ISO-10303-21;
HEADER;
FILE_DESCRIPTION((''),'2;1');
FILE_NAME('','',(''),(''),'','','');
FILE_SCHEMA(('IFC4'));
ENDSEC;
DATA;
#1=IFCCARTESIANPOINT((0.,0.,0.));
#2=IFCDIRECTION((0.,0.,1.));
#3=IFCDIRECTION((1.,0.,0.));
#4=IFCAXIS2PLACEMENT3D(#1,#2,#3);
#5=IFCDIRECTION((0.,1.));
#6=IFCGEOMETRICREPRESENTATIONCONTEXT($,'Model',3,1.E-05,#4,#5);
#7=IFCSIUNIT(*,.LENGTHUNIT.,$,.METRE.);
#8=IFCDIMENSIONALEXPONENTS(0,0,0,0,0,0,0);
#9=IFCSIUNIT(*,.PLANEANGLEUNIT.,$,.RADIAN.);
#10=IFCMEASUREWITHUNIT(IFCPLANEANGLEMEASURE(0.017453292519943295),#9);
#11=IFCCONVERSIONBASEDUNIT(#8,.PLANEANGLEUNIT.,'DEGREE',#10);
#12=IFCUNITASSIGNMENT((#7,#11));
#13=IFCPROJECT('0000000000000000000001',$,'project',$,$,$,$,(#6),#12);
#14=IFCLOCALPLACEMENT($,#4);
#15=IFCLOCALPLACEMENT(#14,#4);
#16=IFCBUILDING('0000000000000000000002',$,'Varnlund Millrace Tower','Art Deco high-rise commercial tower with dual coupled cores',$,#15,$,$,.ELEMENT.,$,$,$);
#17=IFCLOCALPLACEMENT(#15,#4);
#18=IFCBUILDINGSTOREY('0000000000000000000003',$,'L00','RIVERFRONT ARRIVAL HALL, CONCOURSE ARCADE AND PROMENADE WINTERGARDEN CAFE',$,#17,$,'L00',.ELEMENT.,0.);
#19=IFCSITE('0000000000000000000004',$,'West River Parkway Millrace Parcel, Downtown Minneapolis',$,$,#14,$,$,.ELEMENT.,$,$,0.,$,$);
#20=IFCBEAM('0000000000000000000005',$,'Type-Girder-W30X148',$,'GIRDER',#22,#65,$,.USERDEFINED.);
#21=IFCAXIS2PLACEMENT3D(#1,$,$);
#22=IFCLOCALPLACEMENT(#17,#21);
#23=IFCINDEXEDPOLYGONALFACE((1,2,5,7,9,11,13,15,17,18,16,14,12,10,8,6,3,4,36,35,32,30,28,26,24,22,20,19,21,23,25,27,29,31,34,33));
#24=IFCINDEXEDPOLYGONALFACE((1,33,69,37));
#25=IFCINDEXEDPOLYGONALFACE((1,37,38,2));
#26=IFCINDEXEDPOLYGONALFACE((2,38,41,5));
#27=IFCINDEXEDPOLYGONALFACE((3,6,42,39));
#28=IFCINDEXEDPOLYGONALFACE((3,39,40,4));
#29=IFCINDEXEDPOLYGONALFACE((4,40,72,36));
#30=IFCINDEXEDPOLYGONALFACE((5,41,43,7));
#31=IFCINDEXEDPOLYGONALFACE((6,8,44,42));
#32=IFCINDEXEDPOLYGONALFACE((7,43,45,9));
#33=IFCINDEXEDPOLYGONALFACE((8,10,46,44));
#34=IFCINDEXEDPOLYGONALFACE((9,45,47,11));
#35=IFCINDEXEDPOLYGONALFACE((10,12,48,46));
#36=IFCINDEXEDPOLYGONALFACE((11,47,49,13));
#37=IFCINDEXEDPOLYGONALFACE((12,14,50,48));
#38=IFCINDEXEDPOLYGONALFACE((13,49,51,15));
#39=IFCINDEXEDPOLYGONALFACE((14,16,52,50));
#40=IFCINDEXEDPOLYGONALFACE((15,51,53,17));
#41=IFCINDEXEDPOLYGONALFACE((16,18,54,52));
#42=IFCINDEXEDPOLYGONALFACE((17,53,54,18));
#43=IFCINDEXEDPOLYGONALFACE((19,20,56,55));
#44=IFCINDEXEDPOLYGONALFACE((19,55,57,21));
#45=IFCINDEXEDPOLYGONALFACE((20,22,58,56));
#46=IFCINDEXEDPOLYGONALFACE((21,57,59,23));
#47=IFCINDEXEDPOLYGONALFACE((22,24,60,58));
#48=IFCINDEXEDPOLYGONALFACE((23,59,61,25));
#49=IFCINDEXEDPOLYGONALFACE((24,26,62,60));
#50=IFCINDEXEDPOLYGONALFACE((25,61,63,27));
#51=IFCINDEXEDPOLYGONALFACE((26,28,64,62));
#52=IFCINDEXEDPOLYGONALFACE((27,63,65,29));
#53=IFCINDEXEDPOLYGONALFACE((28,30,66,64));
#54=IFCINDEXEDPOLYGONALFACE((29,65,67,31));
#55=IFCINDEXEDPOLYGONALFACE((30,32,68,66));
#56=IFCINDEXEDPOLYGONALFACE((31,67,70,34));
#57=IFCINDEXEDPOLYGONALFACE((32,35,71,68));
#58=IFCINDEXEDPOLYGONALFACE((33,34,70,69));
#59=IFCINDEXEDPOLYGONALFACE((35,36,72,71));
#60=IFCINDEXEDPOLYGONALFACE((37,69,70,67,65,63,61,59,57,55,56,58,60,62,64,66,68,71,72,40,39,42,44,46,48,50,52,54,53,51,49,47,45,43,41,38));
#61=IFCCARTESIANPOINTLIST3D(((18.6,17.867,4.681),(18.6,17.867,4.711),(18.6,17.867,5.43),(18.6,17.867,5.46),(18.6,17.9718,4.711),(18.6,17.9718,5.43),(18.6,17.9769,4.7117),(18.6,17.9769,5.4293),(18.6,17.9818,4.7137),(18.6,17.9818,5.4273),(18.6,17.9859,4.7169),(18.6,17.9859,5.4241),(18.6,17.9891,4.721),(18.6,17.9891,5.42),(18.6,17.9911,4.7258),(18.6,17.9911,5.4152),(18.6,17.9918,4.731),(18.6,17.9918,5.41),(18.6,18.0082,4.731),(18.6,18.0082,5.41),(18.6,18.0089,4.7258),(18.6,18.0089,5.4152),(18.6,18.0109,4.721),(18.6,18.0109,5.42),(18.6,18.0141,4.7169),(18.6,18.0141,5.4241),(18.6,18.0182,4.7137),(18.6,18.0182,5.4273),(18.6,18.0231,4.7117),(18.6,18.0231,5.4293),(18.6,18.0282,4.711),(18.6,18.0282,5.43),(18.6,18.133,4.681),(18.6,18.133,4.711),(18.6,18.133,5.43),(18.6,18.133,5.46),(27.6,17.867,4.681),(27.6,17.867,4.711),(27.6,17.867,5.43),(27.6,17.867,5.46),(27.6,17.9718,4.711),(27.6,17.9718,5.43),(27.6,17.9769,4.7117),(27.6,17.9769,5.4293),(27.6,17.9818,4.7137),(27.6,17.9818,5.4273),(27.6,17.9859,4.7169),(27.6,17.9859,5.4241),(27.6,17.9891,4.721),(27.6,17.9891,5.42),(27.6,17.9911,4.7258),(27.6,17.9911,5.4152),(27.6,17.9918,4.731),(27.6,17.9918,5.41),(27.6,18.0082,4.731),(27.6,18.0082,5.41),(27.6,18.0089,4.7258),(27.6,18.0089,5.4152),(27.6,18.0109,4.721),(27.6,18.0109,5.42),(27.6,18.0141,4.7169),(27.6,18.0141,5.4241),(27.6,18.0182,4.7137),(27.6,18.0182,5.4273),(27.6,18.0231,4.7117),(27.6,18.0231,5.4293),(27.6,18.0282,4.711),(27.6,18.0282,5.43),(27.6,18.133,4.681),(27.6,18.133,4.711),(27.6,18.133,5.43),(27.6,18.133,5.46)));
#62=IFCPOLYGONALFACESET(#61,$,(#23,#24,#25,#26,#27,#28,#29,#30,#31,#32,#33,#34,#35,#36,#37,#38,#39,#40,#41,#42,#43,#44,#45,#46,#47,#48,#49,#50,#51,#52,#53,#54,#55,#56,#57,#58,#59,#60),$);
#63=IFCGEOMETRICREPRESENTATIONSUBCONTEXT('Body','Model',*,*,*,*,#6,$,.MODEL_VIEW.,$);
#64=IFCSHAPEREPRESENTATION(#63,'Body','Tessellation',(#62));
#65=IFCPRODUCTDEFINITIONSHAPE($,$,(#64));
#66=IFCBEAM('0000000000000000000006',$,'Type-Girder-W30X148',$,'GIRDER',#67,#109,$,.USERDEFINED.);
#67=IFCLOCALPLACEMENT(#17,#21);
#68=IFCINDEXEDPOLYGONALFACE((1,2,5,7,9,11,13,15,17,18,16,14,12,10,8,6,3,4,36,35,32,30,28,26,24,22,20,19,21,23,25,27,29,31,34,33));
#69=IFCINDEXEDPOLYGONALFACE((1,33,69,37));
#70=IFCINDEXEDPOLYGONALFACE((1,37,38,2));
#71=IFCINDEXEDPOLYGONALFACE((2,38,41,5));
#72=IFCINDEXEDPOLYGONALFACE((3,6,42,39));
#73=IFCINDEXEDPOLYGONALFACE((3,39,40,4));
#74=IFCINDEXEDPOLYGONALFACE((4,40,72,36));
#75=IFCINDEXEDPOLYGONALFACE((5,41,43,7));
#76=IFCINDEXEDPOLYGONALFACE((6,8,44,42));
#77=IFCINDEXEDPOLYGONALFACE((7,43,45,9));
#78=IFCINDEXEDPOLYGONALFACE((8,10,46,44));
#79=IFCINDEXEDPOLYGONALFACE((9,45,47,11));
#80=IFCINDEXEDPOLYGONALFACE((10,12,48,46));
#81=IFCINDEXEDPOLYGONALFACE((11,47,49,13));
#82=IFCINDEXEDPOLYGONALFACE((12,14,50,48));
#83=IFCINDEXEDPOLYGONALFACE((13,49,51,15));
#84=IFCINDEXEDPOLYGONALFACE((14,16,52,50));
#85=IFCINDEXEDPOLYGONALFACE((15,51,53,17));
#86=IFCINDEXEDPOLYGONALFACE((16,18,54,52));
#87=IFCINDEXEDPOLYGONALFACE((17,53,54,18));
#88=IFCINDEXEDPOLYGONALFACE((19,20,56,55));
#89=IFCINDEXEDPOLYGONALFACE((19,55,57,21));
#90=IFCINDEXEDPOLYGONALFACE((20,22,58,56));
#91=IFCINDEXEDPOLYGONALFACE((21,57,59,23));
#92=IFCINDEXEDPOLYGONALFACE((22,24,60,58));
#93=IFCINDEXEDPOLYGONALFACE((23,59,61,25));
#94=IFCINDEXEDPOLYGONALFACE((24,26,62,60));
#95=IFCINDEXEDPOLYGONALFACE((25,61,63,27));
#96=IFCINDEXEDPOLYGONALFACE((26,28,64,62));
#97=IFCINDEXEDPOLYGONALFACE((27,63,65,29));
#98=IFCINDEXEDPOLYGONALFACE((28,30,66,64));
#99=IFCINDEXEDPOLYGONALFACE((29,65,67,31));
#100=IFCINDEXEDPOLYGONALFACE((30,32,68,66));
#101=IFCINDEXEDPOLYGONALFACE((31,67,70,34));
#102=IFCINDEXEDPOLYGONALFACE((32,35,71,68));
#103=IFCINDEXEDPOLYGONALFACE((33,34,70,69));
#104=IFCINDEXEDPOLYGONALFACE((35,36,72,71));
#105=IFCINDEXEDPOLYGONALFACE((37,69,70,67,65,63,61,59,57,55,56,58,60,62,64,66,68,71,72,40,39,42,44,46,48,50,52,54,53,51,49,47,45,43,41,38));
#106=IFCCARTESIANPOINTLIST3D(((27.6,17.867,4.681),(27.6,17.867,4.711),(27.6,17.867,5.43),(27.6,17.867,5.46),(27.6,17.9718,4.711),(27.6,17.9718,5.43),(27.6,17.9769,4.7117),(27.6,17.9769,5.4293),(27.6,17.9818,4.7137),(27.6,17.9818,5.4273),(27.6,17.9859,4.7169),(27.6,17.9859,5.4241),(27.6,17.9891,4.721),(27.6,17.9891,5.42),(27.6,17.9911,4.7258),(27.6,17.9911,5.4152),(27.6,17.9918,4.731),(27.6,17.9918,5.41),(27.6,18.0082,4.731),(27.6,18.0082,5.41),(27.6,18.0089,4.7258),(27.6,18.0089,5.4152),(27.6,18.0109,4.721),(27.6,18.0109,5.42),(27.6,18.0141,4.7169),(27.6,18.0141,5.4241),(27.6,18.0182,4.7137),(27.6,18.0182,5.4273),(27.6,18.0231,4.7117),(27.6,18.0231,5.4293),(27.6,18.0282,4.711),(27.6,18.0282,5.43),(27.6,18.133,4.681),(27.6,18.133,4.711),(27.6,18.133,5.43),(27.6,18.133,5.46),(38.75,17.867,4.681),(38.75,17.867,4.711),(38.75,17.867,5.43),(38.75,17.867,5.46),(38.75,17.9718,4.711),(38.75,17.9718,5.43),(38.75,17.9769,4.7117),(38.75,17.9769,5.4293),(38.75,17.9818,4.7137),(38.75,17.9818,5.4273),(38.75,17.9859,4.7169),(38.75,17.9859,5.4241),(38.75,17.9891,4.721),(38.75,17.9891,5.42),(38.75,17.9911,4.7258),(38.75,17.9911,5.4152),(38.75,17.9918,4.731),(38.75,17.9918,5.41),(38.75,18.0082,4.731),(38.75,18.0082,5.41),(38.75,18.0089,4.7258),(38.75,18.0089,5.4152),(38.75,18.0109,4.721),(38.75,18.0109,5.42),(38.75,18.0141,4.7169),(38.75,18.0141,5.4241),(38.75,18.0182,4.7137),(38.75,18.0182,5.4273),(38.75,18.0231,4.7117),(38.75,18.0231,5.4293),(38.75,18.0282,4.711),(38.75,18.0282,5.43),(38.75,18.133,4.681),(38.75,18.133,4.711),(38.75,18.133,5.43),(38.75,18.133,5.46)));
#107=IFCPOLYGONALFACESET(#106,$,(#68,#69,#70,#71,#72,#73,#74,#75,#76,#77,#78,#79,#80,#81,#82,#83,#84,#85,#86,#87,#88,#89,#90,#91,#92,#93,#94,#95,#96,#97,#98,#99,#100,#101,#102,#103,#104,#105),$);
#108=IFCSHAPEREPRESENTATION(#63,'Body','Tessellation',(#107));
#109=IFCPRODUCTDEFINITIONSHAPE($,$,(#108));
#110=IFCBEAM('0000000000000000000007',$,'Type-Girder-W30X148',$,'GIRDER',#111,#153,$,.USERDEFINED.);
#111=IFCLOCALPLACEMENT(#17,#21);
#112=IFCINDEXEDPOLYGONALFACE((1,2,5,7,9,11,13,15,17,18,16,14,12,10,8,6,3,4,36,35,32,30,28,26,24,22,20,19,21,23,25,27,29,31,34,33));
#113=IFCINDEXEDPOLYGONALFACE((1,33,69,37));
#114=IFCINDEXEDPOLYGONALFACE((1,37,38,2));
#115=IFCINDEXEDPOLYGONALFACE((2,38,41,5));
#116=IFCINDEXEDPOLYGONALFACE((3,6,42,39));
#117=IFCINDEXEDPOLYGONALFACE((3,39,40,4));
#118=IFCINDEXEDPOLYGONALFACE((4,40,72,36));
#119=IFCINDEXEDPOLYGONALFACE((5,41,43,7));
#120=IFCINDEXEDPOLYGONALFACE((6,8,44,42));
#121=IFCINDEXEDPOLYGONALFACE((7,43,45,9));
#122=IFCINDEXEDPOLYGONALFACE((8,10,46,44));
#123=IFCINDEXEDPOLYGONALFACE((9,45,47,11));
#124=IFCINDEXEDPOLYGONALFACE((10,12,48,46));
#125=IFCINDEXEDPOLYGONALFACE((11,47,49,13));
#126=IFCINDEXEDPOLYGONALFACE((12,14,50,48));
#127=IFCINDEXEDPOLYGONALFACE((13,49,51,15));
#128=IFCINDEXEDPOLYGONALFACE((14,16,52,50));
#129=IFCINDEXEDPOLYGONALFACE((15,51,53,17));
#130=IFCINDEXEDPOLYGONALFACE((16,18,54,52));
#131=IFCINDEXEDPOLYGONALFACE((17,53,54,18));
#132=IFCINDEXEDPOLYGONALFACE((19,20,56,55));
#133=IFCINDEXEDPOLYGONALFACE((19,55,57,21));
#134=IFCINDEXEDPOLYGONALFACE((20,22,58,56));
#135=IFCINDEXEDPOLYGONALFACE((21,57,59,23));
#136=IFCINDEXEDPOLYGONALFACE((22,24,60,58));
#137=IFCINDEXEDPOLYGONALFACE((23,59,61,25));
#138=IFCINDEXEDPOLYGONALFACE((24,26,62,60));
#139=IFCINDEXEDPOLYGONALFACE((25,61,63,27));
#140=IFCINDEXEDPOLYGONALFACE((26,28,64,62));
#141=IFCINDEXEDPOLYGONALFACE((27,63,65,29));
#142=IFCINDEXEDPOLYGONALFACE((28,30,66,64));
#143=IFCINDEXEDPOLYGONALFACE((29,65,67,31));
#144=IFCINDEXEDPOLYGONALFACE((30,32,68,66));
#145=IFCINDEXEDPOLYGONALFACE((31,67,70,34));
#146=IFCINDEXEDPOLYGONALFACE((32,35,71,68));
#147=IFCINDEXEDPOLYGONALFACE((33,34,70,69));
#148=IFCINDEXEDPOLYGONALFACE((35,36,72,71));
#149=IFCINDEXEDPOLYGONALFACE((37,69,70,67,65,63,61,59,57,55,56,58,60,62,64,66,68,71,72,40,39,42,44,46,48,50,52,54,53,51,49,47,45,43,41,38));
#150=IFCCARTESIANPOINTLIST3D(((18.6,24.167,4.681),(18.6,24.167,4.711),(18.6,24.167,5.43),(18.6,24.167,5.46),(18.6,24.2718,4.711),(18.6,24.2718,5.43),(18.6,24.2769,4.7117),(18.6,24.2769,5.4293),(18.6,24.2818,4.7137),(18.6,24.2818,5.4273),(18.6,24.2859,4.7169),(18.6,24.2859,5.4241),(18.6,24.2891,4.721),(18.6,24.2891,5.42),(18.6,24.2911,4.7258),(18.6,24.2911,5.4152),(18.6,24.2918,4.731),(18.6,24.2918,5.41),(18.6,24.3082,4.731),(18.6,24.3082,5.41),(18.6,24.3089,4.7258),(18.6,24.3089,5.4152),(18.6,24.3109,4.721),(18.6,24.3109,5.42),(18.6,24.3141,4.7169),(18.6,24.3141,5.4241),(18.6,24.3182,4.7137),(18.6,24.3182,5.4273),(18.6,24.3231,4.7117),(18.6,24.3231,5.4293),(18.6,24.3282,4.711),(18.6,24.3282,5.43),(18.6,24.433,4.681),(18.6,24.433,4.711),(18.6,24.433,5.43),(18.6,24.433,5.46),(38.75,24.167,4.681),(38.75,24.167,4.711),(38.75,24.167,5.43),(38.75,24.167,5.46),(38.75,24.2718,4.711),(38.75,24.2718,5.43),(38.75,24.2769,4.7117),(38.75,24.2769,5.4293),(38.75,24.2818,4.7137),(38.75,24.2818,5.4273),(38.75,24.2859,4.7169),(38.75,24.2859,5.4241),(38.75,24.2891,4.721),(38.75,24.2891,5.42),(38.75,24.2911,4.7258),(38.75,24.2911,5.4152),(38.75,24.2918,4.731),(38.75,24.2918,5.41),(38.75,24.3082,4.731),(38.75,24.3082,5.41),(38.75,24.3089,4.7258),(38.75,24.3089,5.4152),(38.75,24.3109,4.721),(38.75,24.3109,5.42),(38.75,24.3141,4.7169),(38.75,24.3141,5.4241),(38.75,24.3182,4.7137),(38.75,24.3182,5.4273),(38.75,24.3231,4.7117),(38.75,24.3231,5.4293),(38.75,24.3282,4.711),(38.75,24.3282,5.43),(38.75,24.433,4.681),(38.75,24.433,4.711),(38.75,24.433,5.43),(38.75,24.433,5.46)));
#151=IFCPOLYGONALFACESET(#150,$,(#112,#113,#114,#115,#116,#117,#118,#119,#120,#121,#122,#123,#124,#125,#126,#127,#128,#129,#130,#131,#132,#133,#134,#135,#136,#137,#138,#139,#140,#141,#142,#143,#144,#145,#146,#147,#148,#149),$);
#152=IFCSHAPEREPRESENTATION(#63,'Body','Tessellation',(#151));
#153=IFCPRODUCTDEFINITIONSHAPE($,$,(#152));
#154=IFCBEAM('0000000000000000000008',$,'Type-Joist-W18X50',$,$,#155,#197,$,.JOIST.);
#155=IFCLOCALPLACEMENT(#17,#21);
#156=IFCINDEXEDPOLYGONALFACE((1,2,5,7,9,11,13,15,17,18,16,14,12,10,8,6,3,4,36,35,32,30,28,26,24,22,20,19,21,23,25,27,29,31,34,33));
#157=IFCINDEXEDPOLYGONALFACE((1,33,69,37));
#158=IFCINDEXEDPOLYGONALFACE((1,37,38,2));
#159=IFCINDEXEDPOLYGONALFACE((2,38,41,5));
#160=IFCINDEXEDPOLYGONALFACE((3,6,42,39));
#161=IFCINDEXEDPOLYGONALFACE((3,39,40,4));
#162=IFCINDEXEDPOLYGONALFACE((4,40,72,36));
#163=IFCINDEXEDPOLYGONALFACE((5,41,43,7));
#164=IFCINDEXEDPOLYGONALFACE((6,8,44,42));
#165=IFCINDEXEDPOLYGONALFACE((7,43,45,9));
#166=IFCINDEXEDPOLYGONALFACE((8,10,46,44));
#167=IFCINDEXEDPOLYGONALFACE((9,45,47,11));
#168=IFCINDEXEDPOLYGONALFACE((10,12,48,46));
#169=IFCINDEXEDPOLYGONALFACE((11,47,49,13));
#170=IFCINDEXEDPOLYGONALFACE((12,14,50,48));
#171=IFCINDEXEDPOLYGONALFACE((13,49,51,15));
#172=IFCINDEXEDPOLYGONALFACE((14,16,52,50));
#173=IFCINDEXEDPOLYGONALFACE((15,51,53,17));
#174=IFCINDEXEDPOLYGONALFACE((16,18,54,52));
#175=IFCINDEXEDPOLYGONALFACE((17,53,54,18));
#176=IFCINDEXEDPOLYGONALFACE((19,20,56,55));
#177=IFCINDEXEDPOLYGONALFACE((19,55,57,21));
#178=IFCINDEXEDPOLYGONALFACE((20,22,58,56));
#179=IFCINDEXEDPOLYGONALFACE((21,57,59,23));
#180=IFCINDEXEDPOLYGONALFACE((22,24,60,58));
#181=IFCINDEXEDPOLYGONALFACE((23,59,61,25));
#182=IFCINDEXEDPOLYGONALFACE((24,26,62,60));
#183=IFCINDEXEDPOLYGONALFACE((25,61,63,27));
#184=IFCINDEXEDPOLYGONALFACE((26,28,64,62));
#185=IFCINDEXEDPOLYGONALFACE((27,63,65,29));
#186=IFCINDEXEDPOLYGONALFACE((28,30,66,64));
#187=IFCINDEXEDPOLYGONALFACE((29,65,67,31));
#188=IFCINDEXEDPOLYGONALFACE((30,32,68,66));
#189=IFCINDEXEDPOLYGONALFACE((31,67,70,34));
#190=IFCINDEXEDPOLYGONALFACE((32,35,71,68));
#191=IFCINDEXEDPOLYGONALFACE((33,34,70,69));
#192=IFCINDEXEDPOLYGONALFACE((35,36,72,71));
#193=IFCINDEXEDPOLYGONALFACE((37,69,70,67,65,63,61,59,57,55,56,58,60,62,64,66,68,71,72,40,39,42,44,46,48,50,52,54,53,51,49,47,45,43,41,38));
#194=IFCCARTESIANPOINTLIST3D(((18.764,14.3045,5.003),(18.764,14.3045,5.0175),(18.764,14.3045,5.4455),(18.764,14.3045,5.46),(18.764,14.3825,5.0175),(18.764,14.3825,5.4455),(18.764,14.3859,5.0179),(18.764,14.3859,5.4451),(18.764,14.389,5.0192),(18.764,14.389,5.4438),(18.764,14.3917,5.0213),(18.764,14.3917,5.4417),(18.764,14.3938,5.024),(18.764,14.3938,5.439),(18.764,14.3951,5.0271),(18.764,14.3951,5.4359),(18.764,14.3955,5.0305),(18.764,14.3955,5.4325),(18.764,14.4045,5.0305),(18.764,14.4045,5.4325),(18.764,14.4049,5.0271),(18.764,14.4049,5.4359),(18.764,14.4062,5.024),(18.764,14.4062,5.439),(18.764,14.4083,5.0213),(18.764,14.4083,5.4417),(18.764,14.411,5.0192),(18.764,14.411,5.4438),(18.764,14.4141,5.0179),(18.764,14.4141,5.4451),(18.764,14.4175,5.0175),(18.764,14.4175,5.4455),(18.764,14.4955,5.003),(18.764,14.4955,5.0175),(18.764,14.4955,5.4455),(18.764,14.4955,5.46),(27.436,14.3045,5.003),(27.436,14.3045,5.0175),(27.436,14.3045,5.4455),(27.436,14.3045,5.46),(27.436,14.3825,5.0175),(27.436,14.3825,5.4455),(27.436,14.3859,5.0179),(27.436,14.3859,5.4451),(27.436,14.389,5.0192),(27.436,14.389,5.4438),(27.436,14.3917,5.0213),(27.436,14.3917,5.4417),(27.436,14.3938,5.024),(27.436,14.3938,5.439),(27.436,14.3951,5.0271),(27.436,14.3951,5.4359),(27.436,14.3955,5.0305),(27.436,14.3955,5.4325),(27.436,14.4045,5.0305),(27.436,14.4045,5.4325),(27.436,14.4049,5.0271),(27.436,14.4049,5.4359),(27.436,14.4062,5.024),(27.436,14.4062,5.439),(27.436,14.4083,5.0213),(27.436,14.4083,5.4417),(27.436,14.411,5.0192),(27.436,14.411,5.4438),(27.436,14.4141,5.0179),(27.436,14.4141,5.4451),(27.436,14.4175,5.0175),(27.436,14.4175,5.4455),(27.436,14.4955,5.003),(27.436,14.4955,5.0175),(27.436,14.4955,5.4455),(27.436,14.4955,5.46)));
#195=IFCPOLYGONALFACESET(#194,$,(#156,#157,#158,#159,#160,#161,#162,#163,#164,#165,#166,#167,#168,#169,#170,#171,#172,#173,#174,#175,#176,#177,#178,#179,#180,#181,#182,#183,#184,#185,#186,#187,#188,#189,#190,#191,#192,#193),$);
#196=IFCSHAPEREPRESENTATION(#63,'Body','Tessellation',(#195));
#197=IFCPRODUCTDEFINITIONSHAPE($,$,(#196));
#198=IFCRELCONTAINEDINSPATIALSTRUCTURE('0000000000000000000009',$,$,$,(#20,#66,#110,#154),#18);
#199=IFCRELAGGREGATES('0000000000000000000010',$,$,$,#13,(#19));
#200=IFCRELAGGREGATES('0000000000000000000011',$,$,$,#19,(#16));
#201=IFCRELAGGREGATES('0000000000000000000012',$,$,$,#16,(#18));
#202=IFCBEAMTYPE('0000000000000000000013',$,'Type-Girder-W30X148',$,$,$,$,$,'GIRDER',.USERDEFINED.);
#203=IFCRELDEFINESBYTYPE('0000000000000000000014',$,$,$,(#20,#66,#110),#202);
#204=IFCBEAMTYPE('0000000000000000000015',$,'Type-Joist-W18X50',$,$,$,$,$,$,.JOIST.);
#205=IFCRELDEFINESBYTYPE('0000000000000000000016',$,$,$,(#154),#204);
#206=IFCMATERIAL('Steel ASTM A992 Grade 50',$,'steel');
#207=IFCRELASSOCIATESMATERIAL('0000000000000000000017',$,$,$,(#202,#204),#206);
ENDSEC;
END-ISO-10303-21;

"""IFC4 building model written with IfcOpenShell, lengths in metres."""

from ifc_helpers import new_model, entity, si_unit, converted_unit, direction, frame, origin_with_axes, origin_2d_with_axis, place, context, subcontext, project, spatial, i_section, extrude, material, material_profile, profile_set, type_object, element, save


model = new_model("IFC4")

# Units and contexts
model_context = context("Model", 3, precision=1e-05, world=origin_with_axes(), true_north=direction((0.0, 1.0)))
body_context = subcontext(model_context, "Body", "Model", "MODEL_VIEW")
ifc_project = project(units=[si_unit("LENGTHUNIT", "METRE"), converted_unit("PLANEANGLEUNIT", "DEGREE", entity("IfcPlaneAngleMeasure", 0.017453292519943295), si_unit("PLANEANGLEUNIT", "RADIAN"), dimensions=[0, 0, 0, 0, 0, 0, 0])], contexts=[model_context])

# Site, building, storey
site_placement = place(None, origin_with_axes())
site = spatial("IfcSite", under=ifc_project, at=site_placement, Name="West River Parkway Millrace Parcel, Downtown Minneapolis", CompositionType="ELEMENT", RefElevation=0.0)
building_placement = place(site_placement, origin_with_axes())
building = spatial("IfcBuilding", under=site, at=building_placement, Name="Varnlund Millrace Tower", Description="Art Deco high-rise commercial tower with dual coupled cores", CompositionType="ELEMENT")
storey_placement = place(building_placement, origin_with_axes())
storey = spatial("IfcBuildingStorey", under=building, at=storey_placement, Name="L00", Description="RIVERFRONT ARRIVAL HALL, CONCOURSE ARCADE AND PROMENADE WINTERGARDEN CAFE", LongName="L00", CompositionType="ELEMENT", Elevation=0.0)

# Beams
ifc_material_1 = material(Name="Steel ASTM A992 Grade 50", Category="steel")
ifc_material_profile_1 = material_profile(ifc_material_1, i_section(OverallWidth=0.266, OverallDepth=0.779, WebThickness=0.0165, FlangeThickness=0.03, FilletRadius=0.02, at=origin_2d_with_axis()), Name="Steel ASTM A992 Grade 50")
ifc_profile_set_1 = profile_set([ifc_material_profile_1], Name="Steel ASTM A992 Grade 50")
beam_type_1 = type_object("IfcBeamType", Name="Type-Girder-W30X148", ElementType="GIRDER", PredefinedType="USERDEFINED", material=ifc_profile_set_1)
beam_1_placement = place(storey_placement, frame((18.6, 18.0, 5.0705), z_axis=(1.0, 0.0, 0.0), x_axis=(0.0, 1.0, 0.0)))
element("IfcBeam", 1, at=beam_1_placement, inside=storey, type_object=beam_type_1, Name="Type-Girder-W30X148", ObjectType="GIRDER", PredefinedType="USERDEFINED", context=body_context, shape_type="SweptSolid", body=[
    extrude(i_section(OverallWidth=0.266, OverallDepth=0.779, WebThickness=0.0165, FlangeThickness=0.03, FilletRadius=0.02, at=origin_2d_with_axis()), origin_with_axes(), (0.0, 0.0, 1.0), 9.0),
])
beam_2_placement = place(storey_placement, frame((27.6, 18.0, 5.0705), z_axis=(1.0, 0.0, 0.0), x_axis=(0.0, 1.0, 0.0)))
element("IfcBeam", 2, at=beam_2_placement, inside=storey, type_object=beam_type_1, Name="Type-Girder-W30X148", ObjectType="GIRDER", PredefinedType="USERDEFINED", context=body_context, shape_type="SweptSolid", body=[
    extrude(i_section(OverallWidth=0.266, OverallDepth=0.779, WebThickness=0.0165, FlangeThickness=0.03, FilletRadius=0.02, at=origin_2d_with_axis()), origin_with_axes(), (0.0, 0.0, 1.0), 11.15),
])
beam_3_placement = place(storey_placement, frame((18.6, 24.3, 5.0705), z_axis=(1.0, 0.0, 0.0), x_axis=(0.0, 1.0, 0.0)))
element("IfcBeam", 3, at=beam_3_placement, inside=storey, type_object=beam_type_1, Name="Type-Girder-W30X148", ObjectType="GIRDER", PredefinedType="USERDEFINED", context=body_context, shape_type="SweptSolid", body=[
    extrude(i_section(OverallWidth=0.266, OverallDepth=0.779, WebThickness=0.0165, FlangeThickness=0.03, FilletRadius=0.02, at=origin_2d_with_axis()), origin_with_axes(), (0.0, 0.0, 1.0), 20.15),
])
ifc_material_profile_2 = material_profile(ifc_material_1, i_section(OverallWidth=0.191, OverallDepth=0.457, WebThickness=0.009, FlangeThickness=0.0145, FilletRadius=0.013, at=origin_2d_with_axis()), Name="Steel ASTM A992 Grade 50")
ifc_profile_set_2 = profile_set([ifc_material_profile_2], Name="Steel ASTM A992 Grade 50")
beam_type_2 = type_object("IfcBeamType", Name="Type-Joist-W18X50", PredefinedType="JOIST", material=ifc_profile_set_2)
beam_4_placement = place(storey_placement, frame((18.764, 14.4, 5.2315), z_axis=(1.0, 0.0, 0.0), x_axis=(0.0, 1.0, 0.0)))
element("IfcBeam", 4, at=beam_4_placement, inside=storey, type_object=beam_type_2, Name="Type-Joist-W18X50", PredefinedType="JOIST", context=body_context, shape_type="SweptSolid", body=[
    extrude(i_section(OverallWidth=0.191, OverallDepth=0.457, WebThickness=0.009, FlangeThickness=0.0145, FilletRadius=0.013, at=origin_2d_with_axis()), origin_with_axes(), (0.0, 0.0, 1.0), 8.672),
])

save(model, "model.ifc")
